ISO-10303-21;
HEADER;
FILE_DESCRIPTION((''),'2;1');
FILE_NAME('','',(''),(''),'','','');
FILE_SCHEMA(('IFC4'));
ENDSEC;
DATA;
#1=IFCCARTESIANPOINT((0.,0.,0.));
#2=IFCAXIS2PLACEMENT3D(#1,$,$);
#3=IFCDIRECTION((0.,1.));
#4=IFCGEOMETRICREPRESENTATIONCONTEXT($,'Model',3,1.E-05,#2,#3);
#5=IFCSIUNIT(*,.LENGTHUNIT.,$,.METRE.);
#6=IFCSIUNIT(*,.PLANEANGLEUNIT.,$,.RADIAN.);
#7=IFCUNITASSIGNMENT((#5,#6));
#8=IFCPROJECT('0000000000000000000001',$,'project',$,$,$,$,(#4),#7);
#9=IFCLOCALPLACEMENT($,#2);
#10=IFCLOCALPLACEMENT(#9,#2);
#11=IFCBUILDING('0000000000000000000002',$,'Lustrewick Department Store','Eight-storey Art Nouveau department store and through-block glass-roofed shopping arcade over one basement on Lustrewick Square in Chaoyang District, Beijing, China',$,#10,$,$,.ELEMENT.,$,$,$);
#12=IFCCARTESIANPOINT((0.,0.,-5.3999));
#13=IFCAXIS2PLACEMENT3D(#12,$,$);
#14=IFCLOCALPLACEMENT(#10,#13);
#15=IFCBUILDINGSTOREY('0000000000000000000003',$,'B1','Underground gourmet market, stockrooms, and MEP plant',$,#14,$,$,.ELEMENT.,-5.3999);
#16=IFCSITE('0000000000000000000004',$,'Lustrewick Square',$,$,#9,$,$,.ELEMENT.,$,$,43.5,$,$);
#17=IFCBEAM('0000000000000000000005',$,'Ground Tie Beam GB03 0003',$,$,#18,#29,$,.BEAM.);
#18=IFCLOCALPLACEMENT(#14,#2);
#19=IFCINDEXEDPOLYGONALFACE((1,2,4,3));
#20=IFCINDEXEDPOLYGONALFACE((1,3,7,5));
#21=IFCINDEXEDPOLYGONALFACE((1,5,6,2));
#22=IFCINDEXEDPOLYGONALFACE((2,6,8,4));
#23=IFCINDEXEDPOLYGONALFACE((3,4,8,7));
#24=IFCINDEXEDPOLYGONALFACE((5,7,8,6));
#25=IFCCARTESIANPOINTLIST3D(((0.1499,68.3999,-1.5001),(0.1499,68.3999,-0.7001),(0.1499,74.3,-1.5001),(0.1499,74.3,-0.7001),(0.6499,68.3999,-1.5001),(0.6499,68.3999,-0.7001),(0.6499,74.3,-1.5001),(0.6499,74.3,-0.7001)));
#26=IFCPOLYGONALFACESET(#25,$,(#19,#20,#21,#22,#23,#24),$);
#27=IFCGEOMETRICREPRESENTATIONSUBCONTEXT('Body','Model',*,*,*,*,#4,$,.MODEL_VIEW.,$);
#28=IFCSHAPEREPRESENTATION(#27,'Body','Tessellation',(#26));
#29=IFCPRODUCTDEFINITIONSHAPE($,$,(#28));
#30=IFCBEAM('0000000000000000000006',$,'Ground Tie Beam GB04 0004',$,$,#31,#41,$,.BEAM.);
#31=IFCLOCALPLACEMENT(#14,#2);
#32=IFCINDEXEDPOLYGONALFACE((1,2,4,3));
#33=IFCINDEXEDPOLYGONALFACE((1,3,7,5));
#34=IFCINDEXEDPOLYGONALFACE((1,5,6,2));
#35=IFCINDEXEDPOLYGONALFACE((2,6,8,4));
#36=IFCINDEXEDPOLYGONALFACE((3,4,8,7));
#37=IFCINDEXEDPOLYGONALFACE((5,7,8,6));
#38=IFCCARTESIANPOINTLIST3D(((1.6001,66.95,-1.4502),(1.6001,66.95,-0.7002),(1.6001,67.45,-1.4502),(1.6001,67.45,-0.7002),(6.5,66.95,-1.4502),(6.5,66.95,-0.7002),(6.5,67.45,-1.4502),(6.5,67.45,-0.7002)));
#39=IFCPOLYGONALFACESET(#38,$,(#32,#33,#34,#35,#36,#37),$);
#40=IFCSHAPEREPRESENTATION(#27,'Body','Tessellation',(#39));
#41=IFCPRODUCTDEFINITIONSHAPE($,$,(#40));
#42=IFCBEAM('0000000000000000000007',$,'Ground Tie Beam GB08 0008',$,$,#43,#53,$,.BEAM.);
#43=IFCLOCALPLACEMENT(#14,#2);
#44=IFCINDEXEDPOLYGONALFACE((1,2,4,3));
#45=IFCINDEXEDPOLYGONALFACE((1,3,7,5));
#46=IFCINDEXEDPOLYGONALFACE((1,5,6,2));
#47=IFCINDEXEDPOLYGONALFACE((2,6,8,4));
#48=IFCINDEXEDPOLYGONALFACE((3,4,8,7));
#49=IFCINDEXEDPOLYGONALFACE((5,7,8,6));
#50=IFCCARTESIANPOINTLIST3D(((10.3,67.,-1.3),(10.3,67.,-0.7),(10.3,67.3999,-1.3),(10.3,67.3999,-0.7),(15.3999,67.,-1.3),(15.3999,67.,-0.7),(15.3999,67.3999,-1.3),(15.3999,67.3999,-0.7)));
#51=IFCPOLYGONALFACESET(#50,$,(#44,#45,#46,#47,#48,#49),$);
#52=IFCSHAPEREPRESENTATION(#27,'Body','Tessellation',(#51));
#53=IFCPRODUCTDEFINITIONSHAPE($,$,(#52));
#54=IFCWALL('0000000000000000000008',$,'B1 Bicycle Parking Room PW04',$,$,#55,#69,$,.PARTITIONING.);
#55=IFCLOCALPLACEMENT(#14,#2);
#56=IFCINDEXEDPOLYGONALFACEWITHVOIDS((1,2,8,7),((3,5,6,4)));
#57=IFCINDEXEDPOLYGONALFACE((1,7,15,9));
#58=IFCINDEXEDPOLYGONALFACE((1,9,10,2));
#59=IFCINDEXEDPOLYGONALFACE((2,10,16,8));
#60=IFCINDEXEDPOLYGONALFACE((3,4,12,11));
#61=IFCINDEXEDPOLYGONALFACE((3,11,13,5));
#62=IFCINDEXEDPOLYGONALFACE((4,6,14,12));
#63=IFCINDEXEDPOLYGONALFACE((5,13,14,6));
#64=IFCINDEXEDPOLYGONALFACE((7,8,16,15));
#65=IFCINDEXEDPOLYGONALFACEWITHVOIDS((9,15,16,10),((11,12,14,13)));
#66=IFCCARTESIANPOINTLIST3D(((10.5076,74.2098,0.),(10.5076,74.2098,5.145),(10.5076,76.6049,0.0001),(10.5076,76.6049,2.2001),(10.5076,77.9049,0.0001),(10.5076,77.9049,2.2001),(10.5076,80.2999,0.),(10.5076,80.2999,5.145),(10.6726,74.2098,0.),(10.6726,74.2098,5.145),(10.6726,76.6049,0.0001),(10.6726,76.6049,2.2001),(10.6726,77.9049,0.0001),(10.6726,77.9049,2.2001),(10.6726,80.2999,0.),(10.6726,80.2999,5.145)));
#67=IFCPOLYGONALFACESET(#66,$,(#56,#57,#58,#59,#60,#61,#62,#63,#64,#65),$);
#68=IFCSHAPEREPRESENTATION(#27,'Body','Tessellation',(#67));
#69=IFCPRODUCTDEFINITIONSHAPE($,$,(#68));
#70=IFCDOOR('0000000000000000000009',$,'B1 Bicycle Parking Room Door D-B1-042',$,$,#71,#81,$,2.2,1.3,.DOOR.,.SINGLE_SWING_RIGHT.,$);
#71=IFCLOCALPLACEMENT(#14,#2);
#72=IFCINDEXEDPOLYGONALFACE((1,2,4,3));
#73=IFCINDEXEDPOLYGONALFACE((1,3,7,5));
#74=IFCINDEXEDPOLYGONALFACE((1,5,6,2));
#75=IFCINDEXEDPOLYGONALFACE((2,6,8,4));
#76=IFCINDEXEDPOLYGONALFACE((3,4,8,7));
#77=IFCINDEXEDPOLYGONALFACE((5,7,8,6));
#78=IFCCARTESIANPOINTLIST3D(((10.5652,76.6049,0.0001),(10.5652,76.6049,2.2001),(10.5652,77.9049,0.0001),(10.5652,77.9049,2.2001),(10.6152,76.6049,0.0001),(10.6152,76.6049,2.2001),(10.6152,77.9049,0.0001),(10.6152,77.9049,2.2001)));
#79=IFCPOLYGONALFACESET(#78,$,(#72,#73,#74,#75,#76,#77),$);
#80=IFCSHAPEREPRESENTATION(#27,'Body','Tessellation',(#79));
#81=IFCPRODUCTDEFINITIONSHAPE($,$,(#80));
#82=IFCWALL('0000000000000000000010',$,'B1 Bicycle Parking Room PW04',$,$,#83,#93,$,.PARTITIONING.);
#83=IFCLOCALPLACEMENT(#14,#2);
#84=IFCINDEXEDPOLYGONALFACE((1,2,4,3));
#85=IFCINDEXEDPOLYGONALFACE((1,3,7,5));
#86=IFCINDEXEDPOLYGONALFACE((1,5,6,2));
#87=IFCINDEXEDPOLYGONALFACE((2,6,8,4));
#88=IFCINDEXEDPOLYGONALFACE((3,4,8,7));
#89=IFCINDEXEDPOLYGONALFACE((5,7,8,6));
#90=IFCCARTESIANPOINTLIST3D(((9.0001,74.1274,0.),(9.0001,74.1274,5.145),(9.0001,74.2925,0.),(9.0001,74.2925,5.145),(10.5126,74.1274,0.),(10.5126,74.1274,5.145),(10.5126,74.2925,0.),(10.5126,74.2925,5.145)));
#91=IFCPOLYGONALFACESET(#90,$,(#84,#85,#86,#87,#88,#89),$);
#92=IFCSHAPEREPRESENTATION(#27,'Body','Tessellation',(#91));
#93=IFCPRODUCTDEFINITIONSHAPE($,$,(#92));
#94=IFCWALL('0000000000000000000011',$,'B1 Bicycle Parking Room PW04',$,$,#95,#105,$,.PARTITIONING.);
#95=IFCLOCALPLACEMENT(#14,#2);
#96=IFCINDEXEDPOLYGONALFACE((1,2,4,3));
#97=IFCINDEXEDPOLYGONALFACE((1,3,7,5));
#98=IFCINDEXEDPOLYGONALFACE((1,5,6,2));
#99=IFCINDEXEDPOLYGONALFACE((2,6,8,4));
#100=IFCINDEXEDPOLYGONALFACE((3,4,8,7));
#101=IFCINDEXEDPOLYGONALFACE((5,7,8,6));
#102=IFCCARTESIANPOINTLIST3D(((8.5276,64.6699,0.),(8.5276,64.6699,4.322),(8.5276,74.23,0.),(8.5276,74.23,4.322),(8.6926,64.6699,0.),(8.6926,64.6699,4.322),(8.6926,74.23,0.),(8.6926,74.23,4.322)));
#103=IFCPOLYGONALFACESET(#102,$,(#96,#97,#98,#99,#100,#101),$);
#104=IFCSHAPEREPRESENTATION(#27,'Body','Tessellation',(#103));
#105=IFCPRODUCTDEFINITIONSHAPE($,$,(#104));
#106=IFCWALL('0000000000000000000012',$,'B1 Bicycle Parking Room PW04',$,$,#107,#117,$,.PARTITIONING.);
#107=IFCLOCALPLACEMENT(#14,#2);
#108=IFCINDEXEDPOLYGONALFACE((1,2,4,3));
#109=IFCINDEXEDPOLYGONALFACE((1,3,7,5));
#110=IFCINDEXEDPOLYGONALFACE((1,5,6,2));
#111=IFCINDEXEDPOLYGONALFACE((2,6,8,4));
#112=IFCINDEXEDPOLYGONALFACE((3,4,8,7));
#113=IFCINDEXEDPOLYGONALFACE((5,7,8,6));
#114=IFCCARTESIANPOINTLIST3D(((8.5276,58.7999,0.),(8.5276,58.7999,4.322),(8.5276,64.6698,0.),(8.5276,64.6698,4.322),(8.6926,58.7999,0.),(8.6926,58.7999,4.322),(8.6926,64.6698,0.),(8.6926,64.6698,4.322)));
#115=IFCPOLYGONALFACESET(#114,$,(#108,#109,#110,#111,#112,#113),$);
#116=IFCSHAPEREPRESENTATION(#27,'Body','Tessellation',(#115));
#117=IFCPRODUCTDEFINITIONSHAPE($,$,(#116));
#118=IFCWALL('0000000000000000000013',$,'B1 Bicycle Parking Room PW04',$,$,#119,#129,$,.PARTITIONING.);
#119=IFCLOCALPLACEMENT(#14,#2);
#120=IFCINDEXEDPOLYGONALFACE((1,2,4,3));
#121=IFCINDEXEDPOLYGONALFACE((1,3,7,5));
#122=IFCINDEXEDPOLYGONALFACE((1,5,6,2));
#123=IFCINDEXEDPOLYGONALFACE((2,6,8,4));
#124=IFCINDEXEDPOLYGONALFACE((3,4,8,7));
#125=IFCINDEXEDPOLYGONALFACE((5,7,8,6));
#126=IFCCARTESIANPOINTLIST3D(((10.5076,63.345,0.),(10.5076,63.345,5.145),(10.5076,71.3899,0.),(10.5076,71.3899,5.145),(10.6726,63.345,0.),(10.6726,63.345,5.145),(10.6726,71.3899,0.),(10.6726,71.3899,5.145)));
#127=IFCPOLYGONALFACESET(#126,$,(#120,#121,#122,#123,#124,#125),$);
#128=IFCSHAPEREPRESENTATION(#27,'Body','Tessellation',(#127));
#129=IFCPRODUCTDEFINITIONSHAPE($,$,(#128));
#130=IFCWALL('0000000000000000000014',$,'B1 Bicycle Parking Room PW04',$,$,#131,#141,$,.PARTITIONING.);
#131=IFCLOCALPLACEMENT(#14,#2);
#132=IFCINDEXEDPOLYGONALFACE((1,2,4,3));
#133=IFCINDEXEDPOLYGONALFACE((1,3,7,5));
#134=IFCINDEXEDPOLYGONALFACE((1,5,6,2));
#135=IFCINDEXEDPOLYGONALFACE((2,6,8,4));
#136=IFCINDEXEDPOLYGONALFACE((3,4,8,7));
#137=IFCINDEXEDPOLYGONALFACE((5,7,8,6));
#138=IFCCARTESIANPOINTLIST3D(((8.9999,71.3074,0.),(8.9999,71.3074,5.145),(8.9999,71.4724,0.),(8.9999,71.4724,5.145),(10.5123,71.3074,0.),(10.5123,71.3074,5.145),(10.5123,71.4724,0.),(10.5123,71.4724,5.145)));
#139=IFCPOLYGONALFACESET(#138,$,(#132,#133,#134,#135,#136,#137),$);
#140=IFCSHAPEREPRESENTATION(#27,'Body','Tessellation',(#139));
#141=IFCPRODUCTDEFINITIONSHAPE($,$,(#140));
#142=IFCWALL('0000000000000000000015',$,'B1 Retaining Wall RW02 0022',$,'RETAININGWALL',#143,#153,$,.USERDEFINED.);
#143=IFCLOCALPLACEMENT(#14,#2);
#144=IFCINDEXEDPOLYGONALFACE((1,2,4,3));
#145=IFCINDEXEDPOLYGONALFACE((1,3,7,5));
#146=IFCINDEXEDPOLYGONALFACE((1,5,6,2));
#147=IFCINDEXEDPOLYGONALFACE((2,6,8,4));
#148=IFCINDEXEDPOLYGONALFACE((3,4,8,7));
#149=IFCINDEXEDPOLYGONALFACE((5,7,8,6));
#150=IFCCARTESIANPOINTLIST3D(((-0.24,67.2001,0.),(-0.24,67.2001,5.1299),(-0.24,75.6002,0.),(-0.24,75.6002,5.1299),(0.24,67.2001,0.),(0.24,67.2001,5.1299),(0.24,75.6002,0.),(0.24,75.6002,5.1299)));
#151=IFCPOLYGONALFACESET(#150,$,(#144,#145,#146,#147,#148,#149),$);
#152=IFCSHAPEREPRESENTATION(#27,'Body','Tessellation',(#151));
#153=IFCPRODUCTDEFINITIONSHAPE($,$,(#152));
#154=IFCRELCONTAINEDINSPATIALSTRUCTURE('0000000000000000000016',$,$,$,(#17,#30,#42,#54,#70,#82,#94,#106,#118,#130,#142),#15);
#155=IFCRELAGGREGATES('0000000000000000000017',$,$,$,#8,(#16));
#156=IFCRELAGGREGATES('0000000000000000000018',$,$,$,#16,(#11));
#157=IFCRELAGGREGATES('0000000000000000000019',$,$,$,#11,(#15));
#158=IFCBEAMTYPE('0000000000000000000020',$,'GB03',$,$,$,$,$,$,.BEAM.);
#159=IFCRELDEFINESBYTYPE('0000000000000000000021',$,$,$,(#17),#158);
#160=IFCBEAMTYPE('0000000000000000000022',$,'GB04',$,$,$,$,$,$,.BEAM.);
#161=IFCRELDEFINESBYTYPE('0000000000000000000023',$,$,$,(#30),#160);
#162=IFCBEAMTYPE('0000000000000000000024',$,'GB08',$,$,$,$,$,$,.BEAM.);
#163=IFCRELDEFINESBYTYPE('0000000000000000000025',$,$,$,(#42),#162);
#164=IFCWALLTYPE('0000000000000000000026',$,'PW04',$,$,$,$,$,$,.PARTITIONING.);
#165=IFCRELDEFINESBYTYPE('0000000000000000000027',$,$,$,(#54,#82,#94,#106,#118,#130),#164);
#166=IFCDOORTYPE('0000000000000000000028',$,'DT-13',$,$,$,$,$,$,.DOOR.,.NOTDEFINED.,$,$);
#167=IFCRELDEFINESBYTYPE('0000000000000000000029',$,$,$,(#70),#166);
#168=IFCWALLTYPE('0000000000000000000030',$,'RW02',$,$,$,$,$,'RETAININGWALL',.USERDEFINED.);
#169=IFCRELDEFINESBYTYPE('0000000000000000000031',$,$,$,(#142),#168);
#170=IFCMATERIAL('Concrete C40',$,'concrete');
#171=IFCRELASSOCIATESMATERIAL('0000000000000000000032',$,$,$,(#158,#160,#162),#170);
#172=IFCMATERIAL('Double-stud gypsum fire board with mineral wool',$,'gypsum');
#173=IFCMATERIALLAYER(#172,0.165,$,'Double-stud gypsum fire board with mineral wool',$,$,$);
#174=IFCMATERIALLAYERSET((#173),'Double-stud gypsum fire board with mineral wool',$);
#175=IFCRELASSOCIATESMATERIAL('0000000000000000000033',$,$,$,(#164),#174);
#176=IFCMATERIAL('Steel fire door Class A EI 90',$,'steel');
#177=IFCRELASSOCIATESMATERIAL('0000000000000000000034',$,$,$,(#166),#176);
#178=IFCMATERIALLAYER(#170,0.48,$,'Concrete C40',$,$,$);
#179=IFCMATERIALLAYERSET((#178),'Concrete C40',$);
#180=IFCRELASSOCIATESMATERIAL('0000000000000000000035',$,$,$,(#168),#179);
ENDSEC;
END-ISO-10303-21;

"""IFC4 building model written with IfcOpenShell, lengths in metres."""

from ifc_helpers import new_model, si_unit, direction, frame, frame_2d, origin, origin_2d, place, context, subcontext, project, spatial, rectangle, extrude, material, layer, layer_set, material_profile, profile_set, type_object, element, fill, save


model = new_model("IFC4")

# Units and contexts
model_context = context("Model", 3, precision=1e-05, world=origin(), true_north=direction((0.0, 1.0)))
body_context = subcontext(model_context, "Body", "Model", "MODEL_VIEW")
ifc_project = project(units=[si_unit("LENGTHUNIT", "METRE"), si_unit("PLANEANGLEUNIT", "RADIAN")], contexts=[model_context])

# Site, building, storey
site_placement = place(None, origin())
site = spatial("IfcSite", under=ifc_project, at=site_placement, Name="Lustrewick Square", CompositionType="ELEMENT", RefElevation=43.5)
building_placement = place(site_placement, origin())
building = spatial("IfcBuilding", under=site, at=building_placement, Name="Lustrewick Department Store", Description="Eight-storey Art Nouveau department store and through-block glass-roofed shopping arcade over one basement on Lustrewick Square in Chaoyang District, Beijing, China", CompositionType="ELEMENT")
storey_placement = place(building_placement, frame((0.0, 0.0, -5.3999)))
storey = spatial("IfcBuildingStorey", under=building, at=storey_placement, Name="B1", Description="Underground gourmet market, stockrooms, and MEP plant", CompositionType="ELEMENT", Elevation=-5.3999)

# Shared definitions
ifc_material_1 = material(Name="Concrete C40", Category="concrete")

# Beams
ifc_material_profile_1 = material_profile(ifc_material_1, rectangle(XDim=0.5, YDim=0.8, at=origin_2d()), Name="RC 500x800")
ifc_profile_set_1 = profile_set([ifc_material_profile_1], Name="Concrete C40")
beam_type_1 = type_object("IfcBeamType", Name="GB03", PredefinedType="BEAM", material=ifc_profile_set_1)
beam_1_placement = place(storey_placement, frame((0.3999, 68.3999, -1.1001), z_axis=(0.0, 1.0, 0.0), x_axis=(-1.0, 0.0, 0.0)))
element("IfcBeam", 1, at=beam_1_placement, inside=storey, type_object=beam_type_1, Name="Ground Tie Beam GB03 0003", PredefinedType="BEAM", context=body_context, shape_type="SweptSolid", body=[
    extrude(rectangle(XDim=0.5, YDim=0.8, at=origin_2d()), origin(), (0.0, 0.0, 1.0), 5.9001),
])
ifc_material_profile_2 = material_profile(ifc_material_1, rectangle(XDim=0.5, YDim=0.75, at=origin_2d()), Name="RC 500x750")
ifc_profile_set_2 = profile_set([ifc_material_profile_2], Name="Concrete C40")
beam_type_2 = type_object("IfcBeamType", Name="GB04", PredefinedType="BEAM", material=ifc_profile_set_2)
beam_2_placement = place(storey_placement, frame((1.6001, 67.2, -1.0752), z_axis=(1.0, 0.0, 0.0), x_axis=(0.0, 1.0, 0.0)))
element("IfcBeam", 2, at=beam_2_placement, inside=storey, type_object=beam_type_2, Name="Ground Tie Beam GB04 0004", PredefinedType="BEAM", context=body_context, shape_type="SweptSolid", body=[
    extrude(rectangle(XDim=0.5, YDim=0.75, at=origin_2d()), origin(), (0.0, 0.0, 1.0), 4.8999),
])
ifc_material_profile_3 = material_profile(ifc_material_1, rectangle(XDim=0.3999, YDim=0.6001, at=origin_2d()), Name="RC 400x600")
ifc_profile_set_3 = profile_set([ifc_material_profile_3], Name="Concrete C40")
beam_type_3 = type_object("IfcBeamType", Name="GB08", PredefinedType="BEAM", material=ifc_profile_set_3)
beam_3_placement = place(storey_placement, frame((10.3, 67.2, -1.0), z_axis=(1.0, 0.0, 0.0), x_axis=(0.0, 1.0, 0.0)))
element("IfcBeam", 3, at=beam_3_placement, inside=storey, type_object=beam_type_3, Name="Ground Tie Beam GB08 0008", PredefinedType="BEAM", context=body_context, shape_type="SweptSolid", body=[
    extrude(rectangle(XDim=0.3999, YDim=0.6001, at=origin_2d()), origin(), (0.0, 0.0, 1.0), 5.0999),
])

# Wall, opening, door
ifc_material_2 = material(Name="Double-stud gypsum fire board with mineral wool", Category="gypsum")
ifc_layer_1 = layer(ifc_material_2, 0.165, Name="Double-stud gypsum fire board with mineral wool")
ifc_layer_set_1 = layer_set([ifc_layer_1], Name="Double-stud gypsum fire board with mineral wool")
wall_type_1 = type_object("IfcWallType", Name="PW04", PredefinedType="PARTITIONING", material=ifc_layer_set_1)
wall_1_placement = place(storey_placement, frame((10.5901, 74.21, 0.0), z_axis=(0.0, 0.0, 1.0), x_axis=(0.0, 1.0, 0.0)))
wall_1 = element("IfcWall", 4, at=wall_1_placement, inside=storey, type_object=wall_type_1, Name="B1 Bicycle Parking Room PW04", PredefinedType="PARTITIONING", context=body_context, shape_type="SweptSolid", body=[
    extrude(rectangle(XDim=6.0901, YDim=0.165, at=frame_2d((3.0449, 0.0))), origin(), (0.0, 0.0, 1.0), 5.145),
])
opening_placement = place(wall_1_placement, frame((2.395, 0.0, 0.0)))
opening = element("IfcOpeningElement", 5, at=opening_placement, cuts=wall_1, PredefinedType="OPENING", context=body_context, shape_type="SweptSolid", body=[
    extrude(rectangle(XDim=1.3, YDim=2.2, at=frame_2d((0.6499, 1.1001))), frame((0.0, 0.0925, 0.0), z_axis=(0.0, -1.0, 0.0), x_axis=(1.0, 0.0, 0.0)), (0.0, 0.0, 1.0), 0.1851),
])
ifc_material_3 = material(Name="Steel fire door Class A EI 90", Category="steel")
door_type = type_object("IfcDoorType", Name="DT-13", OperationType="NOTDEFINED", PredefinedType="DOOR", material=ifc_material_3)
door_placement = place(opening_placement, origin())
door = element("IfcDoor", 6, at=door_placement, inside=storey, type_object=door_type, Name="B1 Bicycle Parking Room Door D-B1-042", OperationType="SINGLE_SWING_RIGHT", OverallHeight=2.2, OverallWidth=1.3, PredefinedType="DOOR", context=body_context, shape_type="SweptSolid", body=[
    extrude(rectangle(XDim=1.3, YDim=2.2, at=frame_2d((0.6499, 1.1001))), frame((0.0, 0.0249, 0.0), z_axis=(0.0, -1.0, 0.0), x_axis=(1.0, 0.0, 0.0)), (0.0, 0.0, 1.0), 0.05),
])
fill(opening, door)

# Walls
wall_2_placement = place(storey_placement, frame((9.0, 74.21, 0.0), z_axis=(0.0, 0.0, 1.0), x_axis=(1.0, 0.0, 0.0)))
element("IfcWall", 7, at=wall_2_placement, inside=storey, type_object=wall_type_1, Name="B1 Bicycle Parking Room PW04", PredefinedType="PARTITIONING", context=body_context, shape_type="SweptSolid", body=[
    extrude(rectangle(XDim=1.5125, YDim=0.165, at=frame_2d((0.7563, 0.0))), origin(), (0.0, 0.0, 1.0), 5.145),
])
wall_3_placement = place(storey_placement, frame((8.6101, 74.23, 0.0), z_axis=(0.0, 0.0, 1.0), x_axis=(0.0, -1.0, 0.0)))
element("IfcWall", 8, at=wall_3_placement, inside=storey, type_object=wall_type_1, Name="B1 Bicycle Parking Room PW04", PredefinedType="PARTITIONING", context=body_context, shape_type="SweptSolid", body=[
    extrude(rectangle(XDim=9.5601, YDim=0.165, at=frame_2d((4.78, 0.0))), origin(), (0.0, 0.0, 1.0), 4.322),
])
wall_4_placement = place(storey_placement, frame((8.6101, 64.6699, 0.0), z_axis=(0.0, 0.0, 1.0), x_axis=(0.0, -1.0, 0.0)))
element("IfcWall", 9, at=wall_4_placement, inside=storey, type_object=wall_type_1, Name="B1 Bicycle Parking Room PW04", PredefinedType="PARTITIONING", context=body_context, shape_type="SweptSolid", body=[
    extrude(rectangle(XDim=5.8699, YDim=0.165, at=frame_2d((2.9351, 0.0))), origin(), (0.0, 0.0, 1.0), 4.322),
])
wall_5_placement = place(storey_placement, frame((10.5901, 63.345, 0.0), z_axis=(0.0, 0.0, 1.0), x_axis=(0.0, 1.0, 0.0)))
element("IfcWall", 10, at=wall_5_placement, inside=storey, type_object=wall_type_1, Name="B1 Bicycle Parking Room PW04", PredefinedType="PARTITIONING", context=body_context, shape_type="SweptSolid", body=[
    extrude(rectangle(XDim=8.0449, YDim=0.165, at=frame_2d((4.0225, 0.0))), origin(), (0.0, 0.0, 1.0), 5.145),
])
wall_6_placement = place(storey_placement, frame((10.5125, 71.3899, 0.0), z_axis=(0.0, 0.0, 1.0), x_axis=(-1.0, 0.0, 0.0)))
element("IfcWall", 11, at=wall_6_placement, inside=storey, type_object=wall_type_1, Name="B1 Bicycle Parking Room PW04", PredefinedType="PARTITIONING", context=body_context, shape_type="SweptSolid", body=[
    extrude(rectangle(XDim=1.5125, YDim=0.165, at=frame_2d((0.7563, 0.0))), origin(), (0.0, 0.0, 1.0), 5.145),
])
ifc_layer_2 = layer(ifc_material_1, 0.48, Name="Concrete C40")
ifc_layer_set_2 = layer_set([ifc_layer_2], Name="Concrete C40")
wall_type_2 = type_object("IfcWallType", Name="RW02", ElementType="RETAININGWALL", PredefinedType="USERDEFINED", material=ifc_layer_set_2)
wall_7_placement = place(storey_placement, frame((0.0, 67.2, 0.0), z_axis=(0.0, 0.0, 1.0), x_axis=(0.0, 1.0, 0.0)))
element("IfcWall", 12, at=wall_7_placement, inside=storey, type_object=wall_type_2, Name="B1 Retaining Wall RW02 0022", ObjectType="RETAININGWALL", PredefinedType="USERDEFINED", context=body_context, shape_type="SweptSolid", body=[
    extrude(rectangle(XDim=8.4001, YDim=0.48, at=frame_2d((4.2002, 0.0))), origin(), (0.0, 0.0, 1.0), 5.1299),
])

save(model, "model.ifc")
